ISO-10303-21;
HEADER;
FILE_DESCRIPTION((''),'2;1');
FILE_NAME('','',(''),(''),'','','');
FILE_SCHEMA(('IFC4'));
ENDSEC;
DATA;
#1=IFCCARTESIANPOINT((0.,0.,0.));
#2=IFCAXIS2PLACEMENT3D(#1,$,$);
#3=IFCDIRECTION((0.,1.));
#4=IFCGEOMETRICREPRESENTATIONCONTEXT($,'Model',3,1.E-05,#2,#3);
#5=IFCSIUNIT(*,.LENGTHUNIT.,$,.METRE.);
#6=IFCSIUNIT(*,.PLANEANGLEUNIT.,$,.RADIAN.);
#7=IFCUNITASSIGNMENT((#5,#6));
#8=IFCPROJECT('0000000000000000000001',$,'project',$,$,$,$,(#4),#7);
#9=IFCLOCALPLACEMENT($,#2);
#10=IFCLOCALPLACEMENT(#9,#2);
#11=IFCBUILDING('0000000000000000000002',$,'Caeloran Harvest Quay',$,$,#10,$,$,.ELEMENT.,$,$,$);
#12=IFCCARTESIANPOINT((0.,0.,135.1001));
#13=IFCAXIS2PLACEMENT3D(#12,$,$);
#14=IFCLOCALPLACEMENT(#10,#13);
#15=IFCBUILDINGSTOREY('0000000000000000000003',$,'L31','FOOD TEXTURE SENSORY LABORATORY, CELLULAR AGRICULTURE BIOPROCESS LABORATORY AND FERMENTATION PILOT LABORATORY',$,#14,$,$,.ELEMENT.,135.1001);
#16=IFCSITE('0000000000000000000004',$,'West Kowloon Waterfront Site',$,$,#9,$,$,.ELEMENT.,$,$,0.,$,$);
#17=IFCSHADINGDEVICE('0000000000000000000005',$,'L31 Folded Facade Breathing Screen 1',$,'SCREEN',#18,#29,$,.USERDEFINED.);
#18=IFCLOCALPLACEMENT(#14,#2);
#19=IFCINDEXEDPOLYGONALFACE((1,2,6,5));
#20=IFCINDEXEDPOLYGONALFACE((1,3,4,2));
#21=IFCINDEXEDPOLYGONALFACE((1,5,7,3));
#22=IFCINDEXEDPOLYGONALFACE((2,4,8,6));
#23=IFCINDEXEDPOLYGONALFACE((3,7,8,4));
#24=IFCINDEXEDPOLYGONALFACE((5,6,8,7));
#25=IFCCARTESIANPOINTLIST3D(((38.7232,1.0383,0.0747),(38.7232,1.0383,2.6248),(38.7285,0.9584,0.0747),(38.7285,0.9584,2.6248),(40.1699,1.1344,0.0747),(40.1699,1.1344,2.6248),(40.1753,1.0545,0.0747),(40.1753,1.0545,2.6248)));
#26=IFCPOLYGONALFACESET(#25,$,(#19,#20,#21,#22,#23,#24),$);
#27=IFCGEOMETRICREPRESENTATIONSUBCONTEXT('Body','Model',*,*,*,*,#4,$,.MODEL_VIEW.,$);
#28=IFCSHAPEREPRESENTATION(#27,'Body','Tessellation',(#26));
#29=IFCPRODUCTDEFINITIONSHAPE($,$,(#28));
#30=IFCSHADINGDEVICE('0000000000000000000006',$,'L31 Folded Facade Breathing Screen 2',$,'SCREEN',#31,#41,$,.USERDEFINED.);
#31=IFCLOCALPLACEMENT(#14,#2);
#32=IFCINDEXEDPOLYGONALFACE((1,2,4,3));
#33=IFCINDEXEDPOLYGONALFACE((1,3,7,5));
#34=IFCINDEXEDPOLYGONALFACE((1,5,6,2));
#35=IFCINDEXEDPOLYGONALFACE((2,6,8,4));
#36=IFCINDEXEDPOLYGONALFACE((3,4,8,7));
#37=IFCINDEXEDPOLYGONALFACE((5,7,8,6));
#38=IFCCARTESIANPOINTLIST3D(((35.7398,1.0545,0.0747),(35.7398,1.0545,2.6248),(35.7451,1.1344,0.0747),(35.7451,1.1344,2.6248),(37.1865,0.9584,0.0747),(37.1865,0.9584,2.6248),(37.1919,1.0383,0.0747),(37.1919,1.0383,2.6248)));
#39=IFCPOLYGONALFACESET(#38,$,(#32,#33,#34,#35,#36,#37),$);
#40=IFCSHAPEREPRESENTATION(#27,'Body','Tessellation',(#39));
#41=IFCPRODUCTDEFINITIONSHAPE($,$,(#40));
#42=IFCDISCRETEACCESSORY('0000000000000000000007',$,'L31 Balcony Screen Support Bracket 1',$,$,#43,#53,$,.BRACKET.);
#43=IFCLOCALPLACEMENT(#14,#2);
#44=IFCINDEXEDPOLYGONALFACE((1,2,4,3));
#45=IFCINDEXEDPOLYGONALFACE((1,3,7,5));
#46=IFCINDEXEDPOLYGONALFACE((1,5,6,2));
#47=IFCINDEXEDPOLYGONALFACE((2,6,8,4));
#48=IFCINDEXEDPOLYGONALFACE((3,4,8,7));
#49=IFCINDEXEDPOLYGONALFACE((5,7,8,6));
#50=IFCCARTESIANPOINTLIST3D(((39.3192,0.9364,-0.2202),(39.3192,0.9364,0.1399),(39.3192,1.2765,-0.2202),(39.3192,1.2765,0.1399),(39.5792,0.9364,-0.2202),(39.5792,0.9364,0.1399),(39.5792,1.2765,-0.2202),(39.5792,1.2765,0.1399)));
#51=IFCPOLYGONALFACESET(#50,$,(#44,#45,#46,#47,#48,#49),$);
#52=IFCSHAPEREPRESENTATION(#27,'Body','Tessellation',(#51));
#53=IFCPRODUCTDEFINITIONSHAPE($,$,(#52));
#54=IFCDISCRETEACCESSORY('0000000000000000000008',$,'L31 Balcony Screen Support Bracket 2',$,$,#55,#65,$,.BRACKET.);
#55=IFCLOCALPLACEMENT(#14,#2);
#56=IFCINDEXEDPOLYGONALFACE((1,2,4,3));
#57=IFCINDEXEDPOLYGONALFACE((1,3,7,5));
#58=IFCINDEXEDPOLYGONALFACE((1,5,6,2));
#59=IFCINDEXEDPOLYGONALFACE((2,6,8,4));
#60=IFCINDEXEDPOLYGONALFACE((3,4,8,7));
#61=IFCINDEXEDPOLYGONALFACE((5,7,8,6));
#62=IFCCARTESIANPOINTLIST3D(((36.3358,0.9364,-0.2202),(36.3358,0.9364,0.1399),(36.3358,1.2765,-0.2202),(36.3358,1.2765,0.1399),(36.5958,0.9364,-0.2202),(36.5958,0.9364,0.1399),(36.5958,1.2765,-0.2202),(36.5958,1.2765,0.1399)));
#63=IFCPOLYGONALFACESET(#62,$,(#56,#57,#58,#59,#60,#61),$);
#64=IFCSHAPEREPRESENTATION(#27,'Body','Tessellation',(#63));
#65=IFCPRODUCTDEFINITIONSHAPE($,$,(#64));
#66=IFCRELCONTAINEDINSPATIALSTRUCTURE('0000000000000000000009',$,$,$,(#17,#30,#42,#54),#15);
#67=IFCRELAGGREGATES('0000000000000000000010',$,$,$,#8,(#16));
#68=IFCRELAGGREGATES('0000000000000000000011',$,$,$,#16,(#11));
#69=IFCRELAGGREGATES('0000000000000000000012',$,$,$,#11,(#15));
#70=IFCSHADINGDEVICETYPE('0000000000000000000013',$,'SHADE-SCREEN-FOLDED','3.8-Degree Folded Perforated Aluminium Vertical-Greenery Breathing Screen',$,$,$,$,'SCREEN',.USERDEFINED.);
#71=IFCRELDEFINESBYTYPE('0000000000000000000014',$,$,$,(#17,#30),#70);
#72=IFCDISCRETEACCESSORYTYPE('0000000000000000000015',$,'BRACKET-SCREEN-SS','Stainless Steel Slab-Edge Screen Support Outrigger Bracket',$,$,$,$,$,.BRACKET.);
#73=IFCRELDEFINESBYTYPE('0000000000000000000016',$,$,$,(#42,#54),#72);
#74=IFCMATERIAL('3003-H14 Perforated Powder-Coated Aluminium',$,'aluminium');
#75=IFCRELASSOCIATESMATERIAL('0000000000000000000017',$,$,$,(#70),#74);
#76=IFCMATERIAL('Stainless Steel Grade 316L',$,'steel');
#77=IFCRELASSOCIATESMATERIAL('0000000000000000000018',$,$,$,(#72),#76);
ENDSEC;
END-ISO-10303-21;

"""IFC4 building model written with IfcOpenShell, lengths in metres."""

from ifc_helpers import new_model, si_unit, direction, frame, origin, origin_2d, place, context, subcontext, project, spatial, rectangle, extrude, material, type_object, element, save


model = new_model("IFC4")

# Units and contexts
model_context = context("Model", 3, precision=1e-05, world=origin(), true_north=direction((0.0, 1.0)))
body_context = subcontext(model_context, "Body", "Model", "MODEL_VIEW")
ifc_project = project(units=[si_unit("LENGTHUNIT", "METRE"), si_unit("PLANEANGLEUNIT", "RADIAN")], contexts=[model_context])

# Site, building, storey
site_placement = place(None, origin())
site = spatial("IfcSite", under=ifc_project, at=site_placement, Name="West Kowloon Waterfront Site", CompositionType="ELEMENT", RefElevation=0.0)
building_placement = place(site_placement, origin())
building = spatial("IfcBuilding", under=site, at=building_placement, Name="Caeloran Harvest Quay", CompositionType="ELEMENT")
storey_placement = place(building_placement, frame((0.0, 0.0, 135.1001)))
storey = spatial("IfcBuildingStorey", under=building, at=storey_placement, Name="L31", Description="FOOD TEXTURE SENSORY LABORATORY, CELLULAR AGRICULTURE BIOPROCESS LABORATORY AND FERMENTATION PILOT LABORATORY", CompositionType="ELEMENT", Elevation=135.1001)

# Shading devices
ifc_material_1 = material(Name="3003-H14 Perforated Powder-Coated Aluminium", Category="aluminium")
shading_device_type = type_object("IfcShadingDeviceType", Name="SHADE-SCREEN-FOLDED", Description="3.8-Degree Folded Perforated Aluminium Vertical-Greenery Breathing Screen", ElementType="SCREEN", PredefinedType="USERDEFINED", material=ifc_material_1)
for number, where, z_axis, x_axis, name in (
    (1, (39.4492, 1.0464, 0.0747), (0.0, 0.0, 1.0), (0.997801, 0.066274, 0.0), "L31 Folded Facade Breathing Screen 1"),
    (2, (36.4658, 1.0464, 0.0747), (0.0, 0.0, 1.0), (0.997801, -0.066274, 0.0), "L31 Folded Facade Breathing Screen 2"),
):
    element("IfcShadingDevice", number, at=place(storey_placement, frame(where, z_axis=z_axis, x_axis=x_axis)), inside=storey, type_object=shading_device_type, Name=name, ObjectType="SCREEN", PredefinedType="USERDEFINED", context=body_context, shape_type="SweptSolid", body=[
        extrude(rectangle(XDim=1.45, YDim=0.0801, at=origin_2d()), origin(), (0.0, 0.0, 1.0), 2.55),
    ])

# Discrete accessories
ifc_material_2 = material(Name="Stainless Steel Grade 316L", Category="steel")
discrete_accessory_type = type_object("IfcDiscreteAccessoryType", Name="BRACKET-SCREEN-SS", Description="Stainless Steel Slab-Edge Screen Support Outrigger Bracket", PredefinedType="BRACKET", material=ifc_material_2)
for number, where, z_axis, x_axis, name in (
    (3, (39.4492, 1.1064, -0.2202), (0.0, 0.0, 1.0), (1.0, 0.0, 0.0), "L31 Balcony Screen Support Bracket 1"),
    (4, (36.4658, 1.1064, -0.2202), (0.0, 0.0, 1.0), (1.0, 0.0, 0.0), "L31 Balcony Screen Support Bracket 2"),
):
    element("IfcDiscreteAccessory", number, at=place(storey_placement, frame(where, z_axis=z_axis, x_axis=x_axis)), inside=storey, type_object=discrete_accessory_type, Name=name, PredefinedType="BRACKET", context=body_context, shape_type="SweptSolid", body=[
        extrude(rectangle(XDim=0.26, YDim=0.3401, at=origin_2d()), origin(), (0.0, 0.0, 1.0), 0.3601),
    ])

save(model, "model.ifc")
